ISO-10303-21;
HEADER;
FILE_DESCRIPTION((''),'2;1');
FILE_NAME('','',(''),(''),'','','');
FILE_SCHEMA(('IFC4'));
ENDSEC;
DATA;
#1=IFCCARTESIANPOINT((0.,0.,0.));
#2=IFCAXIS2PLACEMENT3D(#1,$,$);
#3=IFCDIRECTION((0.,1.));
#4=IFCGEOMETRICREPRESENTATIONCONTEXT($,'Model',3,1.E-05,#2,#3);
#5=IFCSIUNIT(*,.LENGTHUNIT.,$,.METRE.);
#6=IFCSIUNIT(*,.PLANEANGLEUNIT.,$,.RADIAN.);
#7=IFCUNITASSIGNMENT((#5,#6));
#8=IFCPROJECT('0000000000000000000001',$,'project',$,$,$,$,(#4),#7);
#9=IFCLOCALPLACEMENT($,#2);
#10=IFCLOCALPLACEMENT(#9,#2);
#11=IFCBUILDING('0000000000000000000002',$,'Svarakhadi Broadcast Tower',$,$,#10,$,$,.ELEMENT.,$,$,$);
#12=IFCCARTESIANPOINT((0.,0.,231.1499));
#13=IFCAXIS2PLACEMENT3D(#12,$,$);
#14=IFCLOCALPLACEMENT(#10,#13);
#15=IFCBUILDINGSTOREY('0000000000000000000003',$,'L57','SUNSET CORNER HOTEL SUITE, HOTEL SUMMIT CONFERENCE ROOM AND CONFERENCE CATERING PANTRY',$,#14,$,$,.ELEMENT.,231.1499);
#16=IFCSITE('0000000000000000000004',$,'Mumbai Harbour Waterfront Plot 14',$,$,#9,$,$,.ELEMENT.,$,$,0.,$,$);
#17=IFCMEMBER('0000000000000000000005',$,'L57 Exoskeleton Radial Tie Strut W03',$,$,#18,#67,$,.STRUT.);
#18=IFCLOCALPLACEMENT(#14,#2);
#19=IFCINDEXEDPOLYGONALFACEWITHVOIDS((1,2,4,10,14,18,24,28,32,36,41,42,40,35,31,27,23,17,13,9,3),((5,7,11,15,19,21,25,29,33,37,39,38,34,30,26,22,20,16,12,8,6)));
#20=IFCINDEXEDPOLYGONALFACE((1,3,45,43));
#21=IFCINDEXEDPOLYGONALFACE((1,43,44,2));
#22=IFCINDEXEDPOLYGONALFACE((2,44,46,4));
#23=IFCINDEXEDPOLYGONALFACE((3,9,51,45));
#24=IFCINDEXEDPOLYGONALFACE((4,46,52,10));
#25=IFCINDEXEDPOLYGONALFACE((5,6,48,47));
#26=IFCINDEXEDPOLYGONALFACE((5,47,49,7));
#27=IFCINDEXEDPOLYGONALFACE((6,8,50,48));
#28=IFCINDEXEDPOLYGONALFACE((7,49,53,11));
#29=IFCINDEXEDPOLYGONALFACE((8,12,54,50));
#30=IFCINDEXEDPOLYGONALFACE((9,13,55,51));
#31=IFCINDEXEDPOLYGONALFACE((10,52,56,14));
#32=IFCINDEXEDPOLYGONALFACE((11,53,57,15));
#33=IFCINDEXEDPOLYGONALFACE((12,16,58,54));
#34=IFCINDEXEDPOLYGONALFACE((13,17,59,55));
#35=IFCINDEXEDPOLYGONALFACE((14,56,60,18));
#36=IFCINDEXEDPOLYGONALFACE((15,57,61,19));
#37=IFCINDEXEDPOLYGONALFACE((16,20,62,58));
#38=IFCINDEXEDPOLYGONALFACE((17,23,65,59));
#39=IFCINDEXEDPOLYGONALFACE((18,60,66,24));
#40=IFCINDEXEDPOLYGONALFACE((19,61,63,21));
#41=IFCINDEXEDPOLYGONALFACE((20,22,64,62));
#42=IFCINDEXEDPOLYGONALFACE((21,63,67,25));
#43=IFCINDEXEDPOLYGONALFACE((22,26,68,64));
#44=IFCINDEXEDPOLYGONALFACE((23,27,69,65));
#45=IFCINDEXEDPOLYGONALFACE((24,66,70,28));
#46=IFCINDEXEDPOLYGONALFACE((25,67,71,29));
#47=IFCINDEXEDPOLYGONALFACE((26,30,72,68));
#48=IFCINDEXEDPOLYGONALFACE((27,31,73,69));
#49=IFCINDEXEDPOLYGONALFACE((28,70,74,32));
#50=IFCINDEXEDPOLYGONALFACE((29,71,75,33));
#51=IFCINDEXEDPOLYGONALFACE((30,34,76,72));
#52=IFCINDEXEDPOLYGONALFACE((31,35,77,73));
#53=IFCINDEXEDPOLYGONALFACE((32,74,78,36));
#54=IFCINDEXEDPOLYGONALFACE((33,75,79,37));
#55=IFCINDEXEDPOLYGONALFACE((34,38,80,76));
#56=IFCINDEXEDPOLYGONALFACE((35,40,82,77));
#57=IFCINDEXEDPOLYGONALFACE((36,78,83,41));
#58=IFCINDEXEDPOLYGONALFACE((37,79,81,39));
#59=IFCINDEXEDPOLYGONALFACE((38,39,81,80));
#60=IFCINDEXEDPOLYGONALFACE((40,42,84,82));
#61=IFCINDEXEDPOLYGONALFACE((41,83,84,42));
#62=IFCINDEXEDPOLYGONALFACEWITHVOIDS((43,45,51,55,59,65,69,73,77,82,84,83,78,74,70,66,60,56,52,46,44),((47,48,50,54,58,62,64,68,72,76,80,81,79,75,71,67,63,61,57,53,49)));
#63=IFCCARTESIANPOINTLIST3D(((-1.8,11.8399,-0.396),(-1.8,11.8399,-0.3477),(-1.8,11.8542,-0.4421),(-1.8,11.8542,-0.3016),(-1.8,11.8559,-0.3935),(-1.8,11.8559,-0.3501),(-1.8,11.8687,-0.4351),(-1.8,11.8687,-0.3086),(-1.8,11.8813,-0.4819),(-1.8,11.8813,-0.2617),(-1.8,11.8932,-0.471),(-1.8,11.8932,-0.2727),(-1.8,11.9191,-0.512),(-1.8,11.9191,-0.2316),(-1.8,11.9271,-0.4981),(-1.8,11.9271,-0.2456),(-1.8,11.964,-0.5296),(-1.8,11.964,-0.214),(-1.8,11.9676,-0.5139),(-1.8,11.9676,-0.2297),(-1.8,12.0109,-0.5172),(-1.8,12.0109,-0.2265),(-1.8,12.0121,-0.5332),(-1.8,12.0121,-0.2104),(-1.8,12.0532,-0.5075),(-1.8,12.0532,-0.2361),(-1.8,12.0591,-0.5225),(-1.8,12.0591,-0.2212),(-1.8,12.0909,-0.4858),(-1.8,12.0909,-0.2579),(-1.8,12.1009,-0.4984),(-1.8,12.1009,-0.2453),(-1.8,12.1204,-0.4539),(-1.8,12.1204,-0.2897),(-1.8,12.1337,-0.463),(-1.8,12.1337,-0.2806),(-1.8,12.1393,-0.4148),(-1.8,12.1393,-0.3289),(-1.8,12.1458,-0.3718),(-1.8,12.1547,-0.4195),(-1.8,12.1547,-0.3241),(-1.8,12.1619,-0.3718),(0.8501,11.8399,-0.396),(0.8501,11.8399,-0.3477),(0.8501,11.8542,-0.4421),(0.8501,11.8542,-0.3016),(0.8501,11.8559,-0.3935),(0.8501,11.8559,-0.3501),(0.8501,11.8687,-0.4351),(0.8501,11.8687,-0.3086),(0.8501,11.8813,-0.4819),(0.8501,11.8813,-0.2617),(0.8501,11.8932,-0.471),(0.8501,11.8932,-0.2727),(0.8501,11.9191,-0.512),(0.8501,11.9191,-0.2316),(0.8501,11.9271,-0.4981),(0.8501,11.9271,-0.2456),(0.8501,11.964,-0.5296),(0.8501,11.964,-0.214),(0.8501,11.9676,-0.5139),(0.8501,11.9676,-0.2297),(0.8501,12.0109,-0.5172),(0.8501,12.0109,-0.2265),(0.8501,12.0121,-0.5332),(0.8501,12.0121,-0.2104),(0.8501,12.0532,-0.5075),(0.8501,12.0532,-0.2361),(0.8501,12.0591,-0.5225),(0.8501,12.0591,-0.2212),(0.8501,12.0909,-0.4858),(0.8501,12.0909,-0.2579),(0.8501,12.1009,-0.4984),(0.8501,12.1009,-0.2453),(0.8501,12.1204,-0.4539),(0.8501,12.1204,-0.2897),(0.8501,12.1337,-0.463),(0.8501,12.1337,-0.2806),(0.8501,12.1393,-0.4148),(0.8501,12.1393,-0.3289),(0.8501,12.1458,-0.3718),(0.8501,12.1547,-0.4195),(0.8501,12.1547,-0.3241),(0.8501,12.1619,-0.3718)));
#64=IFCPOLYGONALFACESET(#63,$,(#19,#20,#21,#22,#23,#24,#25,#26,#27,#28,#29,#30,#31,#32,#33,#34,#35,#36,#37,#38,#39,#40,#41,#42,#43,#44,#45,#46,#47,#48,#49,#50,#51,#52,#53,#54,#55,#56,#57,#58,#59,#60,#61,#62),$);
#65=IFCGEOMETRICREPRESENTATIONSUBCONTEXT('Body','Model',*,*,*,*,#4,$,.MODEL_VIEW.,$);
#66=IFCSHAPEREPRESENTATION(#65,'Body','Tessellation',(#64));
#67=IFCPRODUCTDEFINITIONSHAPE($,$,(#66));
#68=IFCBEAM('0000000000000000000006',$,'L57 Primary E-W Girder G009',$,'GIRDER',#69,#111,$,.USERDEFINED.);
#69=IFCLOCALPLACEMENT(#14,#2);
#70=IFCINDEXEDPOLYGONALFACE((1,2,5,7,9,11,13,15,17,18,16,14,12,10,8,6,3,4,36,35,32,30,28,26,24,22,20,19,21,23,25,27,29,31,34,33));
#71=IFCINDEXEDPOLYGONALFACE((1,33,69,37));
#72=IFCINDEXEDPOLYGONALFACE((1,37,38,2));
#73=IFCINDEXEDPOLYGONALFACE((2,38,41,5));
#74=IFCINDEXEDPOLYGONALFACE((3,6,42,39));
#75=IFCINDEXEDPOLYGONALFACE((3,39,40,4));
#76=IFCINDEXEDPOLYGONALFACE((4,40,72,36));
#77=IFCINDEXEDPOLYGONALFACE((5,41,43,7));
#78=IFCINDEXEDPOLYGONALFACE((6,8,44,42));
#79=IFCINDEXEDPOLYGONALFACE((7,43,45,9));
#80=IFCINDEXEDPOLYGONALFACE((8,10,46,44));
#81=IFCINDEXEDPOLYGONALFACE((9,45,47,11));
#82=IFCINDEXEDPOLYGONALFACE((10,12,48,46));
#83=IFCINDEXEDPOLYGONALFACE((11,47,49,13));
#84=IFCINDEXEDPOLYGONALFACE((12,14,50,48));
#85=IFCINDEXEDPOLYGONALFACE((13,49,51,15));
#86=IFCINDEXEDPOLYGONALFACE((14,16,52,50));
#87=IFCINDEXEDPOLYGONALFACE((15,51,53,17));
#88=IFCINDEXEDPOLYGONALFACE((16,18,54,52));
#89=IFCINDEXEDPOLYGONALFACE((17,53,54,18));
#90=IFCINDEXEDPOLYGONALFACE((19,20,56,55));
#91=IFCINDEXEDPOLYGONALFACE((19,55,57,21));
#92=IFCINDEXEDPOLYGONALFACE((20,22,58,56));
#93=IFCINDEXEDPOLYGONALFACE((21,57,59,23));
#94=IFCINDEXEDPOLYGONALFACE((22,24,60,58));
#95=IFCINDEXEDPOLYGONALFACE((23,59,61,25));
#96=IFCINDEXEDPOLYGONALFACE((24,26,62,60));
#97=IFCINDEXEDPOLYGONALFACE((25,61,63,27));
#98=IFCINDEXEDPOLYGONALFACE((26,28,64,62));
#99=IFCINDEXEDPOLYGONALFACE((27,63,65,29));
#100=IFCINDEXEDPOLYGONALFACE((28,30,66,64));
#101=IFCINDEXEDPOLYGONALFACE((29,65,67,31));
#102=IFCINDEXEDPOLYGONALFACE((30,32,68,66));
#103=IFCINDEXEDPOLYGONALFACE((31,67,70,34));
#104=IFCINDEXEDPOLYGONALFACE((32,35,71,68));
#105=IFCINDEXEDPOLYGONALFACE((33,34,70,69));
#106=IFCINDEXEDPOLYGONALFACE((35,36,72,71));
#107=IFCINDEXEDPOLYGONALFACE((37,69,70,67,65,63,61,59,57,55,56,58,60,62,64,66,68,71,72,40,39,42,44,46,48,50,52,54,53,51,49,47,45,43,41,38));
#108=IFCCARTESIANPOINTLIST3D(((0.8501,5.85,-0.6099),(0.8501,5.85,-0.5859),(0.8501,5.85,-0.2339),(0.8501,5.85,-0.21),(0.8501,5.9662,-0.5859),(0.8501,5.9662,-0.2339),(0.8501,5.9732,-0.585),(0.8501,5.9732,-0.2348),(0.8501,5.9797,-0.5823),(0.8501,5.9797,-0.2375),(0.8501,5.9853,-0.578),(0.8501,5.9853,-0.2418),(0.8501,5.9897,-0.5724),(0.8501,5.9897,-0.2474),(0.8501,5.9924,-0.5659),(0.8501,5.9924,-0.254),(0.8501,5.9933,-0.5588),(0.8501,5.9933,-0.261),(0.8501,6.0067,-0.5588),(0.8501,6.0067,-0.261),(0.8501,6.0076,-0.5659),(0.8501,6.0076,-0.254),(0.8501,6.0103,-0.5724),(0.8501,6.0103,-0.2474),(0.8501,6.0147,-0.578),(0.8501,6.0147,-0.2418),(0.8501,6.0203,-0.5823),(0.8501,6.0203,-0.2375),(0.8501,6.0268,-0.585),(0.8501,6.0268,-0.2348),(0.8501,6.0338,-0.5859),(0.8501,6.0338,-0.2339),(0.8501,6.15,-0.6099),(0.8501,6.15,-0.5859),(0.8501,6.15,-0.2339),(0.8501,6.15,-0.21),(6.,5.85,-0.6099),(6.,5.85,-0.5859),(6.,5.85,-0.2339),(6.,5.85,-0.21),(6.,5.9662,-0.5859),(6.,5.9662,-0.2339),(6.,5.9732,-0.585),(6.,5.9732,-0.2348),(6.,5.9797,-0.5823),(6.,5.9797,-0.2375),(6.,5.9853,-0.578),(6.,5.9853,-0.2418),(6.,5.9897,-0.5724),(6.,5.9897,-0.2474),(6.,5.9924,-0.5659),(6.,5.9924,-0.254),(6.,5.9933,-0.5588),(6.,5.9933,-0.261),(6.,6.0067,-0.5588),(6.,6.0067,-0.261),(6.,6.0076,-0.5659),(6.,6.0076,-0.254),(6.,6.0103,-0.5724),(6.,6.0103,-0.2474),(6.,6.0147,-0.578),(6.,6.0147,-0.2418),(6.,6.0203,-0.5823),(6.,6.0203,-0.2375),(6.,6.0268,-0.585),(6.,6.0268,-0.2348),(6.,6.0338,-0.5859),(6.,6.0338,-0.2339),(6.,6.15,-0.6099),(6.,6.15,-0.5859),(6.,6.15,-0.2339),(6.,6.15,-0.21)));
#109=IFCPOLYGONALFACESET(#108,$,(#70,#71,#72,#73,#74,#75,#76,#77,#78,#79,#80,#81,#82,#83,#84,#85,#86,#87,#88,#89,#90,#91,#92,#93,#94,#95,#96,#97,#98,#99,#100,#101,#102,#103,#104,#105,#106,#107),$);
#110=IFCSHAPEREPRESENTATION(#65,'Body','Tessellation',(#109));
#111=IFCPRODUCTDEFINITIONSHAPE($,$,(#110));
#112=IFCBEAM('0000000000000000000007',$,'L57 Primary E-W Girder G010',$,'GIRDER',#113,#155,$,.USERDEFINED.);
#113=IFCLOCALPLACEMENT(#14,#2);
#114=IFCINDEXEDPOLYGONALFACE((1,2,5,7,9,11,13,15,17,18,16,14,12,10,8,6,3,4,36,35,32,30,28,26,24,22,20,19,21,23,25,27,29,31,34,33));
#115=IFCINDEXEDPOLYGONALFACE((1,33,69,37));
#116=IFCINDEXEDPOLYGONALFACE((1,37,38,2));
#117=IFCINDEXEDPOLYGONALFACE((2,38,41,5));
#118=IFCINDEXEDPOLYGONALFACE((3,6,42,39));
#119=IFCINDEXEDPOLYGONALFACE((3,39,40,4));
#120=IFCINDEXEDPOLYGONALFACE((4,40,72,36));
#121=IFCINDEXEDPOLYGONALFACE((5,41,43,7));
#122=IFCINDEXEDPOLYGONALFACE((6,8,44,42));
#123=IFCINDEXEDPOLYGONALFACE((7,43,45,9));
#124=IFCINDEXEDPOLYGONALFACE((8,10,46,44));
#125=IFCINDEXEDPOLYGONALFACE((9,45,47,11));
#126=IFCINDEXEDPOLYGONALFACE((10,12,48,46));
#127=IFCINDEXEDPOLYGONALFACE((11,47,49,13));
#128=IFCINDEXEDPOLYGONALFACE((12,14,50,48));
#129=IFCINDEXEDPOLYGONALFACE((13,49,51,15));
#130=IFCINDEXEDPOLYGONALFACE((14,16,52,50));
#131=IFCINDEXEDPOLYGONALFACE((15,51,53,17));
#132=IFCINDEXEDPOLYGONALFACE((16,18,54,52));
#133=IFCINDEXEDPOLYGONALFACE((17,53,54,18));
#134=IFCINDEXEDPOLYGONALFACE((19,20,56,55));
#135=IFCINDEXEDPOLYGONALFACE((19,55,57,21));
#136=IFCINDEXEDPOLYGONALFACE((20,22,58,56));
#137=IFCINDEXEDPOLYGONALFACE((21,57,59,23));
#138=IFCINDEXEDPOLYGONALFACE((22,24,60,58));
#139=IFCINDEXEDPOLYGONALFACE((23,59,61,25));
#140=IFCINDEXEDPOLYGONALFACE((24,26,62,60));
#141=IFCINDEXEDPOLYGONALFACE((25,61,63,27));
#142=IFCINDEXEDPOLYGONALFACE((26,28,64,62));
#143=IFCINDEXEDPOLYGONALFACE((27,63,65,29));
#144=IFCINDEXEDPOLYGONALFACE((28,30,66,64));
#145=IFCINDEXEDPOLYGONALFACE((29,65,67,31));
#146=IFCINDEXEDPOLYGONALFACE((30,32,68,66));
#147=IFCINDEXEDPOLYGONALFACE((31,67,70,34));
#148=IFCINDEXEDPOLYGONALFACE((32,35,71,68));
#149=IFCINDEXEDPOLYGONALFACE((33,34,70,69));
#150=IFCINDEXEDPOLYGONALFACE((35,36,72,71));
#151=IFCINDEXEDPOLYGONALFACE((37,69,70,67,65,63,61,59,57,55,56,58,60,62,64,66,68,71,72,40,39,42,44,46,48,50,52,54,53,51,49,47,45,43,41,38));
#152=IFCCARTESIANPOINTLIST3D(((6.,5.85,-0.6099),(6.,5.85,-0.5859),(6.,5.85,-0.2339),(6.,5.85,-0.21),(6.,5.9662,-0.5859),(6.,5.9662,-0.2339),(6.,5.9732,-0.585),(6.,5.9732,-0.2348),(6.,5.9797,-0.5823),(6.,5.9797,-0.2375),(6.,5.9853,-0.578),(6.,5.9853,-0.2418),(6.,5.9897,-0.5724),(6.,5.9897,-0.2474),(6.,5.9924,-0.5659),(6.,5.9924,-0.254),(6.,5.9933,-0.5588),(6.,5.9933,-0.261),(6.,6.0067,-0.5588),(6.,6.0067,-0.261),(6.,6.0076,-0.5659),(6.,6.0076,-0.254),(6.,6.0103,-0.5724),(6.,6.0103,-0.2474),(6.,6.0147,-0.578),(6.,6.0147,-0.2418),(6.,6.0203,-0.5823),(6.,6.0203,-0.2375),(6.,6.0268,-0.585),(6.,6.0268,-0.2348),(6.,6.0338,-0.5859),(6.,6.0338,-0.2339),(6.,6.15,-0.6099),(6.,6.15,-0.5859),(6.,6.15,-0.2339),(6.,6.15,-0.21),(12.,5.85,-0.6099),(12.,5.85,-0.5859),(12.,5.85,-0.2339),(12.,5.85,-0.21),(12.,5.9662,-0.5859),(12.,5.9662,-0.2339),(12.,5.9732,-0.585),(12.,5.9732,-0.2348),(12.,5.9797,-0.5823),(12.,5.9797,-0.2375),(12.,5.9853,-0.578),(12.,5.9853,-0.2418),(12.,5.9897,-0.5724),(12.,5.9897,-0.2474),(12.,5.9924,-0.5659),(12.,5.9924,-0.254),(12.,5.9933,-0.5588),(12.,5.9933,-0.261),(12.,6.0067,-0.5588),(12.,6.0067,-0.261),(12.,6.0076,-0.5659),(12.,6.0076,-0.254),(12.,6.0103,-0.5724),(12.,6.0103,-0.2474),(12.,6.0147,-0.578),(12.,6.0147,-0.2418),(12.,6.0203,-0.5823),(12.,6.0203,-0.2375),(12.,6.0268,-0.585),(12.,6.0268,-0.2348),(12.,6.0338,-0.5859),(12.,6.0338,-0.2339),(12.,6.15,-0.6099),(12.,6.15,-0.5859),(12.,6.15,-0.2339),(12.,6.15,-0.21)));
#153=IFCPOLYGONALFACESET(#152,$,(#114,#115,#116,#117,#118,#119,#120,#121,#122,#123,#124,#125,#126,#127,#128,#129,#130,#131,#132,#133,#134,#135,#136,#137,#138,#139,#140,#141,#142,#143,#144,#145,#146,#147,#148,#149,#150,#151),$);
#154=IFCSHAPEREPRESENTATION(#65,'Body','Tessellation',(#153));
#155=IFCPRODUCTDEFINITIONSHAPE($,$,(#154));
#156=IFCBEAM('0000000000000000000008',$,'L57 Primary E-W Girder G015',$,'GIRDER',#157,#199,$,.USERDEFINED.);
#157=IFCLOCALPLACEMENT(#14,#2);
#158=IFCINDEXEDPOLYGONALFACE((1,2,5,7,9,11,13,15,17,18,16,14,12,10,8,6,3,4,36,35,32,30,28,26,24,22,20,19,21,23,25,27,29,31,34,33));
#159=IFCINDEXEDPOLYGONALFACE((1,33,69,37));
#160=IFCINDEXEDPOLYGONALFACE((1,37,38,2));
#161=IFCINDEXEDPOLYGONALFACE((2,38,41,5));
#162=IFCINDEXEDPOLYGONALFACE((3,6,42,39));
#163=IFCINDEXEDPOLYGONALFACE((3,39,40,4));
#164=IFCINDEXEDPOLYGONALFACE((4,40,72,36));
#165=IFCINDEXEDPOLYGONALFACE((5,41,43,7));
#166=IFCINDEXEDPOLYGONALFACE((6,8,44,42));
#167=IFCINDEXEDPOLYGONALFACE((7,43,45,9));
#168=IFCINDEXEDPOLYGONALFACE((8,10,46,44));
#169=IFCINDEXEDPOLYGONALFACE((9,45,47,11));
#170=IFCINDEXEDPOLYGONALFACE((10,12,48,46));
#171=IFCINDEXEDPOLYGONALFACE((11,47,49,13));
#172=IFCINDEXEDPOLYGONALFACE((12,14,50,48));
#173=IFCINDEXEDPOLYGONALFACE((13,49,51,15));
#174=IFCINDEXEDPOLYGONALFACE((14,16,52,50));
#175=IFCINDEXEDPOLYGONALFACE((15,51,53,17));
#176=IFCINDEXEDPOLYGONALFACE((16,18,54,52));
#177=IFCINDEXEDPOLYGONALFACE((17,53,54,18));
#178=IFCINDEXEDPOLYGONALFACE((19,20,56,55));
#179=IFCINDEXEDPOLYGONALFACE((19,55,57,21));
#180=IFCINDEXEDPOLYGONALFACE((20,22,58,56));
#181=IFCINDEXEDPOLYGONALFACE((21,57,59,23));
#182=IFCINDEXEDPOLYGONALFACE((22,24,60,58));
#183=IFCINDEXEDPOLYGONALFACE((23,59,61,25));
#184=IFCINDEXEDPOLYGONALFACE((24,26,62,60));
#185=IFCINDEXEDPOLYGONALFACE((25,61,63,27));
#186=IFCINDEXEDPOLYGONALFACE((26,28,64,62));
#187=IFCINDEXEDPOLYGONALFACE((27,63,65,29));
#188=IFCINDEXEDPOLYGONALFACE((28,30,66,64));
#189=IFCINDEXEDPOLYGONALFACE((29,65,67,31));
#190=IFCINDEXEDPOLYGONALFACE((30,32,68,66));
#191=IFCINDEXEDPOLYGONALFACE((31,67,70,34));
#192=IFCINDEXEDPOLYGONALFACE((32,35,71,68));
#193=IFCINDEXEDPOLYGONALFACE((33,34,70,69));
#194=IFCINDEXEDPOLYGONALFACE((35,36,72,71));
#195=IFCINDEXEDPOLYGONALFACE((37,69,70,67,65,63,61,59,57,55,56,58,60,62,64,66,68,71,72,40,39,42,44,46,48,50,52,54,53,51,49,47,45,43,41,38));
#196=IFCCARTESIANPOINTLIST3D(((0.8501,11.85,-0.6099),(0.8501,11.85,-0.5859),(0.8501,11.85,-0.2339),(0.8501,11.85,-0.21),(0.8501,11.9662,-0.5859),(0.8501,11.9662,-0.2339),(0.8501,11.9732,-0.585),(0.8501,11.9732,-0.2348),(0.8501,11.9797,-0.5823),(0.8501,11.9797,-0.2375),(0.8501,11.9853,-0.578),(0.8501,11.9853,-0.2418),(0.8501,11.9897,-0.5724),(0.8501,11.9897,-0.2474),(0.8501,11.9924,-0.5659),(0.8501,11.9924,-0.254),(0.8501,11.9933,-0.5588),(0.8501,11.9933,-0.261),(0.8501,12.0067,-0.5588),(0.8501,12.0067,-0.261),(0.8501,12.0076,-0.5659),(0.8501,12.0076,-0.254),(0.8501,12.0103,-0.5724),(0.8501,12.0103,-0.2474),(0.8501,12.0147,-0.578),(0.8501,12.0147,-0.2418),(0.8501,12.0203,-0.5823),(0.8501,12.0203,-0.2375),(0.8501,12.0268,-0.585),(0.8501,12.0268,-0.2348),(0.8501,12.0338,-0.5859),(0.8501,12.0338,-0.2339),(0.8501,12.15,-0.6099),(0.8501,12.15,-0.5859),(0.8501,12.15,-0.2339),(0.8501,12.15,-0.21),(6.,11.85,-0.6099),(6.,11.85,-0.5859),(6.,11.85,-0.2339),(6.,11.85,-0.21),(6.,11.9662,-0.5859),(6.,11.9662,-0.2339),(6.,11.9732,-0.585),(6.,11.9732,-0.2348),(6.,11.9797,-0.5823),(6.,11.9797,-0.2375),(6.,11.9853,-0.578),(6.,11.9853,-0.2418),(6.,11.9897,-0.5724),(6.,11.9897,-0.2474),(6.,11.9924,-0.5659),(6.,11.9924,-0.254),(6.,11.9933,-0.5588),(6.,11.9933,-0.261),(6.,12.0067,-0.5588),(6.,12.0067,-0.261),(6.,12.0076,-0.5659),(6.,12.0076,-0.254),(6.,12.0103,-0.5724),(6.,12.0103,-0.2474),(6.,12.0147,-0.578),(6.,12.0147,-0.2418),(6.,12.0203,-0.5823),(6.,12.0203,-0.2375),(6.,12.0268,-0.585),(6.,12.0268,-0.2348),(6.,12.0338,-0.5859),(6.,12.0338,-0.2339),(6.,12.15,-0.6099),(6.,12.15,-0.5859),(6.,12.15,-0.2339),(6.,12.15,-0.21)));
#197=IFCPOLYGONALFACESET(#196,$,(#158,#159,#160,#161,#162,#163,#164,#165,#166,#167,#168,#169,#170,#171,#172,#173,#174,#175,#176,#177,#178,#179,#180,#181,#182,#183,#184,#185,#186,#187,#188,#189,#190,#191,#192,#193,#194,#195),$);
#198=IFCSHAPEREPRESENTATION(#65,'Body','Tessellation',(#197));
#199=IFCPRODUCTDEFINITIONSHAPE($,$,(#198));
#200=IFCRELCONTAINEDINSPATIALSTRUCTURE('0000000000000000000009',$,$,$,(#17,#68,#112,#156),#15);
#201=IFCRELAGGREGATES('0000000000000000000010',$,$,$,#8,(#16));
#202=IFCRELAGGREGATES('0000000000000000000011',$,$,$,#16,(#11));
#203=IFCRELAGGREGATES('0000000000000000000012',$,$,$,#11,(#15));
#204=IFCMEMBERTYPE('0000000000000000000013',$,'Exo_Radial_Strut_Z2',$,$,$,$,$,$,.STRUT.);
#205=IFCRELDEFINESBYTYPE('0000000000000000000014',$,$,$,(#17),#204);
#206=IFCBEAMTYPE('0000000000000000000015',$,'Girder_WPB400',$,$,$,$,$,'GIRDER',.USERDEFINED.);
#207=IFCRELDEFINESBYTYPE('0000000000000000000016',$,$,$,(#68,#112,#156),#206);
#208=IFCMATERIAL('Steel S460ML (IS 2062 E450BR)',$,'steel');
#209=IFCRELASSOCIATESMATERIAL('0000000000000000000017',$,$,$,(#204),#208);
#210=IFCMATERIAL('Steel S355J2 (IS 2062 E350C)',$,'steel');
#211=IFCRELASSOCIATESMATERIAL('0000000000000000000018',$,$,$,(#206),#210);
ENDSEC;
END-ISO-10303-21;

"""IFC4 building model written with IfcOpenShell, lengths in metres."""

from ifc_helpers import new_model, si_unit, direction, frame, origin, origin_2d, place, context, subcontext, project, spatial, hollow_circle, i_section, extrude, material, material_profile, profile_set, type_object, element, save


model = new_model("IFC4")

# Units and contexts
model_context = context("Model", 3, precision=1e-05, world=origin(), true_north=direction((0.0, 1.0)))
body_context = subcontext(model_context, "Body", "Model", "MODEL_VIEW")
ifc_project = project(units=[si_unit("LENGTHUNIT", "METRE"), si_unit("PLANEANGLEUNIT", "RADIAN")], contexts=[model_context])

# Site, building, storey
site_placement = place(None, origin())
site = spatial("IfcSite", under=ifc_project, at=site_placement, Name="Mumbai Harbour Waterfront Plot 14", CompositionType="ELEMENT", RefElevation=0.0)
building_placement = place(site_placement, origin())
building = spatial("IfcBuilding", under=site, at=building_placement, Name="Svarakhadi Broadcast Tower", CompositionType="ELEMENT")
storey_placement = place(building_placement, frame((0.0, 0.0, 231.1499)))
storey = spatial("IfcBuildingStorey", under=building, at=storey_placement, Name="L57", Description="SUNSET CORNER HOTEL SUITE, HOTEL SUMMIT CONFERENCE ROOM AND CONFERENCE CATERING PANTRY", CompositionType="ELEMENT", Elevation=231.1499)

# Shared definitions
ifc_material_1 = material(Name="Steel S460ML (IS 2062 E450BR)", Category="steel")

# Shared definitions
ifc_material_2 = material(Name="Steel S355J2 (IS 2062 E350C)", Category="steel")

# Member
ifc_material_profile_1 = material_profile(ifc_material_1, hollow_circle(Radius=0.1619, WallThickness=0.0161, at=origin_2d()), Name="CHS 323.9x16")
ifc_profile_set_1 = profile_set([ifc_material_profile_1], Name="Steel S460ML (IS 2062 E450BR)")
member_type_1 = type_object("IfcMemberType", Name="Exo_Radial_Strut_Z2", PredefinedType="STRUT", material=ifc_profile_set_1)
member_1_placement = place(storey_placement, frame((-1.8, 12.0, -0.3718), z_axis=(1.0, 0.0, 0.0), x_axis=(0.0, 1.0, 0.0)))
element("IfcMember", 1, at=member_1_placement, inside=storey, type_object=member_type_1, Name="L57 Exoskeleton Radial Tie Strut W03", PredefinedType="STRUT", context=body_context, shape_type="SweptSolid", body=[
    extrude(hollow_circle(Radius=0.1619, WallThickness=0.0161, at=origin_2d()), origin(), (0.0, 0.0, 1.0), 2.6501),
])

# Beams
ifc_material_profile_2 = material_profile(ifc_material_2, i_section(OverallWidth=0.3, OverallDepth=0.3999, WebThickness=0.0134, FlangeThickness=0.0239, FilletRadius=0.0271, at=origin_2d()), Name="WPB 400x300x155")
ifc_profile_set_2 = profile_set([ifc_material_profile_2], Name="Steel S355J2 (IS 2062 E350C)")
beam_type_1 = type_object("IfcBeamType", Name="Girder_WPB400", ElementType="GIRDER", PredefinedType="USERDEFINED", material=ifc_profile_set_2)
beam_1_placement = place(storey_placement, frame((0.8501, 6.0, -0.4099), z_axis=(1.0, 0.0, 0.0), x_axis=(0.0, 1.0, 0.0)))
element("IfcBeam", 2, at=beam_1_placement, inside=storey, type_object=beam_type_1, Name="L57 Primary E-W Girder G009", ObjectType="GIRDER", PredefinedType="USERDEFINED", context=body_context, shape_type="SweptSolid", body=[
    extrude(i_section(OverallWidth=0.3, OverallDepth=0.3999, WebThickness=0.0134, FlangeThickness=0.0239, FilletRadius=0.0271, at=origin_2d()), origin(), (0.0, 0.0, 1.0), 5.1499),
])
beam_2_placement = place(storey_placement, frame((6.0, 6.0, -0.4099), z_axis=(1.0, 0.0, 0.0), x_axis=(0.0, 1.0, 0.0)))
element("IfcBeam", 3, at=beam_2_placement, inside=storey, type_object=beam_type_1, Name="L57 Primary E-W Girder G010", ObjectType="GIRDER", PredefinedType="USERDEFINED", context=body_context, shape_type="SweptSolid", body=[
    extrude(i_section(OverallWidth=0.3, OverallDepth=0.3999, WebThickness=0.0134, FlangeThickness=0.0239, FilletRadius=0.0271, at=origin_2d()), origin(), (0.0, 0.0, 1.0), 6.0),
])
for number, where, z_axis, x_axis, name in (
    (4, (0.8501, 12.0, -0.4099), (1.0, 0.0, 0.0), (0.0, 1.0, 0.0), "L57 Primary E-W Girder G015"),
):
    element("IfcBeam", number, at=place(storey_placement, frame(where, z_axis=z_axis, x_axis=x_axis)), inside=storey, type_object=beam_type_1, Name=name, ObjectType="GIRDER", PredefinedType="USERDEFINED", context=body_context, shape_type="SweptSolid", body=[
        extrude(i_section(OverallWidth=0.3, OverallDepth=0.3999, WebThickness=0.0134, FlangeThickness=0.0239, FilletRadius=0.0271, at=origin_2d()), origin(), (0.0, 0.0, 1.0), 5.1499),
    ])

save(model, "model.ifc")
